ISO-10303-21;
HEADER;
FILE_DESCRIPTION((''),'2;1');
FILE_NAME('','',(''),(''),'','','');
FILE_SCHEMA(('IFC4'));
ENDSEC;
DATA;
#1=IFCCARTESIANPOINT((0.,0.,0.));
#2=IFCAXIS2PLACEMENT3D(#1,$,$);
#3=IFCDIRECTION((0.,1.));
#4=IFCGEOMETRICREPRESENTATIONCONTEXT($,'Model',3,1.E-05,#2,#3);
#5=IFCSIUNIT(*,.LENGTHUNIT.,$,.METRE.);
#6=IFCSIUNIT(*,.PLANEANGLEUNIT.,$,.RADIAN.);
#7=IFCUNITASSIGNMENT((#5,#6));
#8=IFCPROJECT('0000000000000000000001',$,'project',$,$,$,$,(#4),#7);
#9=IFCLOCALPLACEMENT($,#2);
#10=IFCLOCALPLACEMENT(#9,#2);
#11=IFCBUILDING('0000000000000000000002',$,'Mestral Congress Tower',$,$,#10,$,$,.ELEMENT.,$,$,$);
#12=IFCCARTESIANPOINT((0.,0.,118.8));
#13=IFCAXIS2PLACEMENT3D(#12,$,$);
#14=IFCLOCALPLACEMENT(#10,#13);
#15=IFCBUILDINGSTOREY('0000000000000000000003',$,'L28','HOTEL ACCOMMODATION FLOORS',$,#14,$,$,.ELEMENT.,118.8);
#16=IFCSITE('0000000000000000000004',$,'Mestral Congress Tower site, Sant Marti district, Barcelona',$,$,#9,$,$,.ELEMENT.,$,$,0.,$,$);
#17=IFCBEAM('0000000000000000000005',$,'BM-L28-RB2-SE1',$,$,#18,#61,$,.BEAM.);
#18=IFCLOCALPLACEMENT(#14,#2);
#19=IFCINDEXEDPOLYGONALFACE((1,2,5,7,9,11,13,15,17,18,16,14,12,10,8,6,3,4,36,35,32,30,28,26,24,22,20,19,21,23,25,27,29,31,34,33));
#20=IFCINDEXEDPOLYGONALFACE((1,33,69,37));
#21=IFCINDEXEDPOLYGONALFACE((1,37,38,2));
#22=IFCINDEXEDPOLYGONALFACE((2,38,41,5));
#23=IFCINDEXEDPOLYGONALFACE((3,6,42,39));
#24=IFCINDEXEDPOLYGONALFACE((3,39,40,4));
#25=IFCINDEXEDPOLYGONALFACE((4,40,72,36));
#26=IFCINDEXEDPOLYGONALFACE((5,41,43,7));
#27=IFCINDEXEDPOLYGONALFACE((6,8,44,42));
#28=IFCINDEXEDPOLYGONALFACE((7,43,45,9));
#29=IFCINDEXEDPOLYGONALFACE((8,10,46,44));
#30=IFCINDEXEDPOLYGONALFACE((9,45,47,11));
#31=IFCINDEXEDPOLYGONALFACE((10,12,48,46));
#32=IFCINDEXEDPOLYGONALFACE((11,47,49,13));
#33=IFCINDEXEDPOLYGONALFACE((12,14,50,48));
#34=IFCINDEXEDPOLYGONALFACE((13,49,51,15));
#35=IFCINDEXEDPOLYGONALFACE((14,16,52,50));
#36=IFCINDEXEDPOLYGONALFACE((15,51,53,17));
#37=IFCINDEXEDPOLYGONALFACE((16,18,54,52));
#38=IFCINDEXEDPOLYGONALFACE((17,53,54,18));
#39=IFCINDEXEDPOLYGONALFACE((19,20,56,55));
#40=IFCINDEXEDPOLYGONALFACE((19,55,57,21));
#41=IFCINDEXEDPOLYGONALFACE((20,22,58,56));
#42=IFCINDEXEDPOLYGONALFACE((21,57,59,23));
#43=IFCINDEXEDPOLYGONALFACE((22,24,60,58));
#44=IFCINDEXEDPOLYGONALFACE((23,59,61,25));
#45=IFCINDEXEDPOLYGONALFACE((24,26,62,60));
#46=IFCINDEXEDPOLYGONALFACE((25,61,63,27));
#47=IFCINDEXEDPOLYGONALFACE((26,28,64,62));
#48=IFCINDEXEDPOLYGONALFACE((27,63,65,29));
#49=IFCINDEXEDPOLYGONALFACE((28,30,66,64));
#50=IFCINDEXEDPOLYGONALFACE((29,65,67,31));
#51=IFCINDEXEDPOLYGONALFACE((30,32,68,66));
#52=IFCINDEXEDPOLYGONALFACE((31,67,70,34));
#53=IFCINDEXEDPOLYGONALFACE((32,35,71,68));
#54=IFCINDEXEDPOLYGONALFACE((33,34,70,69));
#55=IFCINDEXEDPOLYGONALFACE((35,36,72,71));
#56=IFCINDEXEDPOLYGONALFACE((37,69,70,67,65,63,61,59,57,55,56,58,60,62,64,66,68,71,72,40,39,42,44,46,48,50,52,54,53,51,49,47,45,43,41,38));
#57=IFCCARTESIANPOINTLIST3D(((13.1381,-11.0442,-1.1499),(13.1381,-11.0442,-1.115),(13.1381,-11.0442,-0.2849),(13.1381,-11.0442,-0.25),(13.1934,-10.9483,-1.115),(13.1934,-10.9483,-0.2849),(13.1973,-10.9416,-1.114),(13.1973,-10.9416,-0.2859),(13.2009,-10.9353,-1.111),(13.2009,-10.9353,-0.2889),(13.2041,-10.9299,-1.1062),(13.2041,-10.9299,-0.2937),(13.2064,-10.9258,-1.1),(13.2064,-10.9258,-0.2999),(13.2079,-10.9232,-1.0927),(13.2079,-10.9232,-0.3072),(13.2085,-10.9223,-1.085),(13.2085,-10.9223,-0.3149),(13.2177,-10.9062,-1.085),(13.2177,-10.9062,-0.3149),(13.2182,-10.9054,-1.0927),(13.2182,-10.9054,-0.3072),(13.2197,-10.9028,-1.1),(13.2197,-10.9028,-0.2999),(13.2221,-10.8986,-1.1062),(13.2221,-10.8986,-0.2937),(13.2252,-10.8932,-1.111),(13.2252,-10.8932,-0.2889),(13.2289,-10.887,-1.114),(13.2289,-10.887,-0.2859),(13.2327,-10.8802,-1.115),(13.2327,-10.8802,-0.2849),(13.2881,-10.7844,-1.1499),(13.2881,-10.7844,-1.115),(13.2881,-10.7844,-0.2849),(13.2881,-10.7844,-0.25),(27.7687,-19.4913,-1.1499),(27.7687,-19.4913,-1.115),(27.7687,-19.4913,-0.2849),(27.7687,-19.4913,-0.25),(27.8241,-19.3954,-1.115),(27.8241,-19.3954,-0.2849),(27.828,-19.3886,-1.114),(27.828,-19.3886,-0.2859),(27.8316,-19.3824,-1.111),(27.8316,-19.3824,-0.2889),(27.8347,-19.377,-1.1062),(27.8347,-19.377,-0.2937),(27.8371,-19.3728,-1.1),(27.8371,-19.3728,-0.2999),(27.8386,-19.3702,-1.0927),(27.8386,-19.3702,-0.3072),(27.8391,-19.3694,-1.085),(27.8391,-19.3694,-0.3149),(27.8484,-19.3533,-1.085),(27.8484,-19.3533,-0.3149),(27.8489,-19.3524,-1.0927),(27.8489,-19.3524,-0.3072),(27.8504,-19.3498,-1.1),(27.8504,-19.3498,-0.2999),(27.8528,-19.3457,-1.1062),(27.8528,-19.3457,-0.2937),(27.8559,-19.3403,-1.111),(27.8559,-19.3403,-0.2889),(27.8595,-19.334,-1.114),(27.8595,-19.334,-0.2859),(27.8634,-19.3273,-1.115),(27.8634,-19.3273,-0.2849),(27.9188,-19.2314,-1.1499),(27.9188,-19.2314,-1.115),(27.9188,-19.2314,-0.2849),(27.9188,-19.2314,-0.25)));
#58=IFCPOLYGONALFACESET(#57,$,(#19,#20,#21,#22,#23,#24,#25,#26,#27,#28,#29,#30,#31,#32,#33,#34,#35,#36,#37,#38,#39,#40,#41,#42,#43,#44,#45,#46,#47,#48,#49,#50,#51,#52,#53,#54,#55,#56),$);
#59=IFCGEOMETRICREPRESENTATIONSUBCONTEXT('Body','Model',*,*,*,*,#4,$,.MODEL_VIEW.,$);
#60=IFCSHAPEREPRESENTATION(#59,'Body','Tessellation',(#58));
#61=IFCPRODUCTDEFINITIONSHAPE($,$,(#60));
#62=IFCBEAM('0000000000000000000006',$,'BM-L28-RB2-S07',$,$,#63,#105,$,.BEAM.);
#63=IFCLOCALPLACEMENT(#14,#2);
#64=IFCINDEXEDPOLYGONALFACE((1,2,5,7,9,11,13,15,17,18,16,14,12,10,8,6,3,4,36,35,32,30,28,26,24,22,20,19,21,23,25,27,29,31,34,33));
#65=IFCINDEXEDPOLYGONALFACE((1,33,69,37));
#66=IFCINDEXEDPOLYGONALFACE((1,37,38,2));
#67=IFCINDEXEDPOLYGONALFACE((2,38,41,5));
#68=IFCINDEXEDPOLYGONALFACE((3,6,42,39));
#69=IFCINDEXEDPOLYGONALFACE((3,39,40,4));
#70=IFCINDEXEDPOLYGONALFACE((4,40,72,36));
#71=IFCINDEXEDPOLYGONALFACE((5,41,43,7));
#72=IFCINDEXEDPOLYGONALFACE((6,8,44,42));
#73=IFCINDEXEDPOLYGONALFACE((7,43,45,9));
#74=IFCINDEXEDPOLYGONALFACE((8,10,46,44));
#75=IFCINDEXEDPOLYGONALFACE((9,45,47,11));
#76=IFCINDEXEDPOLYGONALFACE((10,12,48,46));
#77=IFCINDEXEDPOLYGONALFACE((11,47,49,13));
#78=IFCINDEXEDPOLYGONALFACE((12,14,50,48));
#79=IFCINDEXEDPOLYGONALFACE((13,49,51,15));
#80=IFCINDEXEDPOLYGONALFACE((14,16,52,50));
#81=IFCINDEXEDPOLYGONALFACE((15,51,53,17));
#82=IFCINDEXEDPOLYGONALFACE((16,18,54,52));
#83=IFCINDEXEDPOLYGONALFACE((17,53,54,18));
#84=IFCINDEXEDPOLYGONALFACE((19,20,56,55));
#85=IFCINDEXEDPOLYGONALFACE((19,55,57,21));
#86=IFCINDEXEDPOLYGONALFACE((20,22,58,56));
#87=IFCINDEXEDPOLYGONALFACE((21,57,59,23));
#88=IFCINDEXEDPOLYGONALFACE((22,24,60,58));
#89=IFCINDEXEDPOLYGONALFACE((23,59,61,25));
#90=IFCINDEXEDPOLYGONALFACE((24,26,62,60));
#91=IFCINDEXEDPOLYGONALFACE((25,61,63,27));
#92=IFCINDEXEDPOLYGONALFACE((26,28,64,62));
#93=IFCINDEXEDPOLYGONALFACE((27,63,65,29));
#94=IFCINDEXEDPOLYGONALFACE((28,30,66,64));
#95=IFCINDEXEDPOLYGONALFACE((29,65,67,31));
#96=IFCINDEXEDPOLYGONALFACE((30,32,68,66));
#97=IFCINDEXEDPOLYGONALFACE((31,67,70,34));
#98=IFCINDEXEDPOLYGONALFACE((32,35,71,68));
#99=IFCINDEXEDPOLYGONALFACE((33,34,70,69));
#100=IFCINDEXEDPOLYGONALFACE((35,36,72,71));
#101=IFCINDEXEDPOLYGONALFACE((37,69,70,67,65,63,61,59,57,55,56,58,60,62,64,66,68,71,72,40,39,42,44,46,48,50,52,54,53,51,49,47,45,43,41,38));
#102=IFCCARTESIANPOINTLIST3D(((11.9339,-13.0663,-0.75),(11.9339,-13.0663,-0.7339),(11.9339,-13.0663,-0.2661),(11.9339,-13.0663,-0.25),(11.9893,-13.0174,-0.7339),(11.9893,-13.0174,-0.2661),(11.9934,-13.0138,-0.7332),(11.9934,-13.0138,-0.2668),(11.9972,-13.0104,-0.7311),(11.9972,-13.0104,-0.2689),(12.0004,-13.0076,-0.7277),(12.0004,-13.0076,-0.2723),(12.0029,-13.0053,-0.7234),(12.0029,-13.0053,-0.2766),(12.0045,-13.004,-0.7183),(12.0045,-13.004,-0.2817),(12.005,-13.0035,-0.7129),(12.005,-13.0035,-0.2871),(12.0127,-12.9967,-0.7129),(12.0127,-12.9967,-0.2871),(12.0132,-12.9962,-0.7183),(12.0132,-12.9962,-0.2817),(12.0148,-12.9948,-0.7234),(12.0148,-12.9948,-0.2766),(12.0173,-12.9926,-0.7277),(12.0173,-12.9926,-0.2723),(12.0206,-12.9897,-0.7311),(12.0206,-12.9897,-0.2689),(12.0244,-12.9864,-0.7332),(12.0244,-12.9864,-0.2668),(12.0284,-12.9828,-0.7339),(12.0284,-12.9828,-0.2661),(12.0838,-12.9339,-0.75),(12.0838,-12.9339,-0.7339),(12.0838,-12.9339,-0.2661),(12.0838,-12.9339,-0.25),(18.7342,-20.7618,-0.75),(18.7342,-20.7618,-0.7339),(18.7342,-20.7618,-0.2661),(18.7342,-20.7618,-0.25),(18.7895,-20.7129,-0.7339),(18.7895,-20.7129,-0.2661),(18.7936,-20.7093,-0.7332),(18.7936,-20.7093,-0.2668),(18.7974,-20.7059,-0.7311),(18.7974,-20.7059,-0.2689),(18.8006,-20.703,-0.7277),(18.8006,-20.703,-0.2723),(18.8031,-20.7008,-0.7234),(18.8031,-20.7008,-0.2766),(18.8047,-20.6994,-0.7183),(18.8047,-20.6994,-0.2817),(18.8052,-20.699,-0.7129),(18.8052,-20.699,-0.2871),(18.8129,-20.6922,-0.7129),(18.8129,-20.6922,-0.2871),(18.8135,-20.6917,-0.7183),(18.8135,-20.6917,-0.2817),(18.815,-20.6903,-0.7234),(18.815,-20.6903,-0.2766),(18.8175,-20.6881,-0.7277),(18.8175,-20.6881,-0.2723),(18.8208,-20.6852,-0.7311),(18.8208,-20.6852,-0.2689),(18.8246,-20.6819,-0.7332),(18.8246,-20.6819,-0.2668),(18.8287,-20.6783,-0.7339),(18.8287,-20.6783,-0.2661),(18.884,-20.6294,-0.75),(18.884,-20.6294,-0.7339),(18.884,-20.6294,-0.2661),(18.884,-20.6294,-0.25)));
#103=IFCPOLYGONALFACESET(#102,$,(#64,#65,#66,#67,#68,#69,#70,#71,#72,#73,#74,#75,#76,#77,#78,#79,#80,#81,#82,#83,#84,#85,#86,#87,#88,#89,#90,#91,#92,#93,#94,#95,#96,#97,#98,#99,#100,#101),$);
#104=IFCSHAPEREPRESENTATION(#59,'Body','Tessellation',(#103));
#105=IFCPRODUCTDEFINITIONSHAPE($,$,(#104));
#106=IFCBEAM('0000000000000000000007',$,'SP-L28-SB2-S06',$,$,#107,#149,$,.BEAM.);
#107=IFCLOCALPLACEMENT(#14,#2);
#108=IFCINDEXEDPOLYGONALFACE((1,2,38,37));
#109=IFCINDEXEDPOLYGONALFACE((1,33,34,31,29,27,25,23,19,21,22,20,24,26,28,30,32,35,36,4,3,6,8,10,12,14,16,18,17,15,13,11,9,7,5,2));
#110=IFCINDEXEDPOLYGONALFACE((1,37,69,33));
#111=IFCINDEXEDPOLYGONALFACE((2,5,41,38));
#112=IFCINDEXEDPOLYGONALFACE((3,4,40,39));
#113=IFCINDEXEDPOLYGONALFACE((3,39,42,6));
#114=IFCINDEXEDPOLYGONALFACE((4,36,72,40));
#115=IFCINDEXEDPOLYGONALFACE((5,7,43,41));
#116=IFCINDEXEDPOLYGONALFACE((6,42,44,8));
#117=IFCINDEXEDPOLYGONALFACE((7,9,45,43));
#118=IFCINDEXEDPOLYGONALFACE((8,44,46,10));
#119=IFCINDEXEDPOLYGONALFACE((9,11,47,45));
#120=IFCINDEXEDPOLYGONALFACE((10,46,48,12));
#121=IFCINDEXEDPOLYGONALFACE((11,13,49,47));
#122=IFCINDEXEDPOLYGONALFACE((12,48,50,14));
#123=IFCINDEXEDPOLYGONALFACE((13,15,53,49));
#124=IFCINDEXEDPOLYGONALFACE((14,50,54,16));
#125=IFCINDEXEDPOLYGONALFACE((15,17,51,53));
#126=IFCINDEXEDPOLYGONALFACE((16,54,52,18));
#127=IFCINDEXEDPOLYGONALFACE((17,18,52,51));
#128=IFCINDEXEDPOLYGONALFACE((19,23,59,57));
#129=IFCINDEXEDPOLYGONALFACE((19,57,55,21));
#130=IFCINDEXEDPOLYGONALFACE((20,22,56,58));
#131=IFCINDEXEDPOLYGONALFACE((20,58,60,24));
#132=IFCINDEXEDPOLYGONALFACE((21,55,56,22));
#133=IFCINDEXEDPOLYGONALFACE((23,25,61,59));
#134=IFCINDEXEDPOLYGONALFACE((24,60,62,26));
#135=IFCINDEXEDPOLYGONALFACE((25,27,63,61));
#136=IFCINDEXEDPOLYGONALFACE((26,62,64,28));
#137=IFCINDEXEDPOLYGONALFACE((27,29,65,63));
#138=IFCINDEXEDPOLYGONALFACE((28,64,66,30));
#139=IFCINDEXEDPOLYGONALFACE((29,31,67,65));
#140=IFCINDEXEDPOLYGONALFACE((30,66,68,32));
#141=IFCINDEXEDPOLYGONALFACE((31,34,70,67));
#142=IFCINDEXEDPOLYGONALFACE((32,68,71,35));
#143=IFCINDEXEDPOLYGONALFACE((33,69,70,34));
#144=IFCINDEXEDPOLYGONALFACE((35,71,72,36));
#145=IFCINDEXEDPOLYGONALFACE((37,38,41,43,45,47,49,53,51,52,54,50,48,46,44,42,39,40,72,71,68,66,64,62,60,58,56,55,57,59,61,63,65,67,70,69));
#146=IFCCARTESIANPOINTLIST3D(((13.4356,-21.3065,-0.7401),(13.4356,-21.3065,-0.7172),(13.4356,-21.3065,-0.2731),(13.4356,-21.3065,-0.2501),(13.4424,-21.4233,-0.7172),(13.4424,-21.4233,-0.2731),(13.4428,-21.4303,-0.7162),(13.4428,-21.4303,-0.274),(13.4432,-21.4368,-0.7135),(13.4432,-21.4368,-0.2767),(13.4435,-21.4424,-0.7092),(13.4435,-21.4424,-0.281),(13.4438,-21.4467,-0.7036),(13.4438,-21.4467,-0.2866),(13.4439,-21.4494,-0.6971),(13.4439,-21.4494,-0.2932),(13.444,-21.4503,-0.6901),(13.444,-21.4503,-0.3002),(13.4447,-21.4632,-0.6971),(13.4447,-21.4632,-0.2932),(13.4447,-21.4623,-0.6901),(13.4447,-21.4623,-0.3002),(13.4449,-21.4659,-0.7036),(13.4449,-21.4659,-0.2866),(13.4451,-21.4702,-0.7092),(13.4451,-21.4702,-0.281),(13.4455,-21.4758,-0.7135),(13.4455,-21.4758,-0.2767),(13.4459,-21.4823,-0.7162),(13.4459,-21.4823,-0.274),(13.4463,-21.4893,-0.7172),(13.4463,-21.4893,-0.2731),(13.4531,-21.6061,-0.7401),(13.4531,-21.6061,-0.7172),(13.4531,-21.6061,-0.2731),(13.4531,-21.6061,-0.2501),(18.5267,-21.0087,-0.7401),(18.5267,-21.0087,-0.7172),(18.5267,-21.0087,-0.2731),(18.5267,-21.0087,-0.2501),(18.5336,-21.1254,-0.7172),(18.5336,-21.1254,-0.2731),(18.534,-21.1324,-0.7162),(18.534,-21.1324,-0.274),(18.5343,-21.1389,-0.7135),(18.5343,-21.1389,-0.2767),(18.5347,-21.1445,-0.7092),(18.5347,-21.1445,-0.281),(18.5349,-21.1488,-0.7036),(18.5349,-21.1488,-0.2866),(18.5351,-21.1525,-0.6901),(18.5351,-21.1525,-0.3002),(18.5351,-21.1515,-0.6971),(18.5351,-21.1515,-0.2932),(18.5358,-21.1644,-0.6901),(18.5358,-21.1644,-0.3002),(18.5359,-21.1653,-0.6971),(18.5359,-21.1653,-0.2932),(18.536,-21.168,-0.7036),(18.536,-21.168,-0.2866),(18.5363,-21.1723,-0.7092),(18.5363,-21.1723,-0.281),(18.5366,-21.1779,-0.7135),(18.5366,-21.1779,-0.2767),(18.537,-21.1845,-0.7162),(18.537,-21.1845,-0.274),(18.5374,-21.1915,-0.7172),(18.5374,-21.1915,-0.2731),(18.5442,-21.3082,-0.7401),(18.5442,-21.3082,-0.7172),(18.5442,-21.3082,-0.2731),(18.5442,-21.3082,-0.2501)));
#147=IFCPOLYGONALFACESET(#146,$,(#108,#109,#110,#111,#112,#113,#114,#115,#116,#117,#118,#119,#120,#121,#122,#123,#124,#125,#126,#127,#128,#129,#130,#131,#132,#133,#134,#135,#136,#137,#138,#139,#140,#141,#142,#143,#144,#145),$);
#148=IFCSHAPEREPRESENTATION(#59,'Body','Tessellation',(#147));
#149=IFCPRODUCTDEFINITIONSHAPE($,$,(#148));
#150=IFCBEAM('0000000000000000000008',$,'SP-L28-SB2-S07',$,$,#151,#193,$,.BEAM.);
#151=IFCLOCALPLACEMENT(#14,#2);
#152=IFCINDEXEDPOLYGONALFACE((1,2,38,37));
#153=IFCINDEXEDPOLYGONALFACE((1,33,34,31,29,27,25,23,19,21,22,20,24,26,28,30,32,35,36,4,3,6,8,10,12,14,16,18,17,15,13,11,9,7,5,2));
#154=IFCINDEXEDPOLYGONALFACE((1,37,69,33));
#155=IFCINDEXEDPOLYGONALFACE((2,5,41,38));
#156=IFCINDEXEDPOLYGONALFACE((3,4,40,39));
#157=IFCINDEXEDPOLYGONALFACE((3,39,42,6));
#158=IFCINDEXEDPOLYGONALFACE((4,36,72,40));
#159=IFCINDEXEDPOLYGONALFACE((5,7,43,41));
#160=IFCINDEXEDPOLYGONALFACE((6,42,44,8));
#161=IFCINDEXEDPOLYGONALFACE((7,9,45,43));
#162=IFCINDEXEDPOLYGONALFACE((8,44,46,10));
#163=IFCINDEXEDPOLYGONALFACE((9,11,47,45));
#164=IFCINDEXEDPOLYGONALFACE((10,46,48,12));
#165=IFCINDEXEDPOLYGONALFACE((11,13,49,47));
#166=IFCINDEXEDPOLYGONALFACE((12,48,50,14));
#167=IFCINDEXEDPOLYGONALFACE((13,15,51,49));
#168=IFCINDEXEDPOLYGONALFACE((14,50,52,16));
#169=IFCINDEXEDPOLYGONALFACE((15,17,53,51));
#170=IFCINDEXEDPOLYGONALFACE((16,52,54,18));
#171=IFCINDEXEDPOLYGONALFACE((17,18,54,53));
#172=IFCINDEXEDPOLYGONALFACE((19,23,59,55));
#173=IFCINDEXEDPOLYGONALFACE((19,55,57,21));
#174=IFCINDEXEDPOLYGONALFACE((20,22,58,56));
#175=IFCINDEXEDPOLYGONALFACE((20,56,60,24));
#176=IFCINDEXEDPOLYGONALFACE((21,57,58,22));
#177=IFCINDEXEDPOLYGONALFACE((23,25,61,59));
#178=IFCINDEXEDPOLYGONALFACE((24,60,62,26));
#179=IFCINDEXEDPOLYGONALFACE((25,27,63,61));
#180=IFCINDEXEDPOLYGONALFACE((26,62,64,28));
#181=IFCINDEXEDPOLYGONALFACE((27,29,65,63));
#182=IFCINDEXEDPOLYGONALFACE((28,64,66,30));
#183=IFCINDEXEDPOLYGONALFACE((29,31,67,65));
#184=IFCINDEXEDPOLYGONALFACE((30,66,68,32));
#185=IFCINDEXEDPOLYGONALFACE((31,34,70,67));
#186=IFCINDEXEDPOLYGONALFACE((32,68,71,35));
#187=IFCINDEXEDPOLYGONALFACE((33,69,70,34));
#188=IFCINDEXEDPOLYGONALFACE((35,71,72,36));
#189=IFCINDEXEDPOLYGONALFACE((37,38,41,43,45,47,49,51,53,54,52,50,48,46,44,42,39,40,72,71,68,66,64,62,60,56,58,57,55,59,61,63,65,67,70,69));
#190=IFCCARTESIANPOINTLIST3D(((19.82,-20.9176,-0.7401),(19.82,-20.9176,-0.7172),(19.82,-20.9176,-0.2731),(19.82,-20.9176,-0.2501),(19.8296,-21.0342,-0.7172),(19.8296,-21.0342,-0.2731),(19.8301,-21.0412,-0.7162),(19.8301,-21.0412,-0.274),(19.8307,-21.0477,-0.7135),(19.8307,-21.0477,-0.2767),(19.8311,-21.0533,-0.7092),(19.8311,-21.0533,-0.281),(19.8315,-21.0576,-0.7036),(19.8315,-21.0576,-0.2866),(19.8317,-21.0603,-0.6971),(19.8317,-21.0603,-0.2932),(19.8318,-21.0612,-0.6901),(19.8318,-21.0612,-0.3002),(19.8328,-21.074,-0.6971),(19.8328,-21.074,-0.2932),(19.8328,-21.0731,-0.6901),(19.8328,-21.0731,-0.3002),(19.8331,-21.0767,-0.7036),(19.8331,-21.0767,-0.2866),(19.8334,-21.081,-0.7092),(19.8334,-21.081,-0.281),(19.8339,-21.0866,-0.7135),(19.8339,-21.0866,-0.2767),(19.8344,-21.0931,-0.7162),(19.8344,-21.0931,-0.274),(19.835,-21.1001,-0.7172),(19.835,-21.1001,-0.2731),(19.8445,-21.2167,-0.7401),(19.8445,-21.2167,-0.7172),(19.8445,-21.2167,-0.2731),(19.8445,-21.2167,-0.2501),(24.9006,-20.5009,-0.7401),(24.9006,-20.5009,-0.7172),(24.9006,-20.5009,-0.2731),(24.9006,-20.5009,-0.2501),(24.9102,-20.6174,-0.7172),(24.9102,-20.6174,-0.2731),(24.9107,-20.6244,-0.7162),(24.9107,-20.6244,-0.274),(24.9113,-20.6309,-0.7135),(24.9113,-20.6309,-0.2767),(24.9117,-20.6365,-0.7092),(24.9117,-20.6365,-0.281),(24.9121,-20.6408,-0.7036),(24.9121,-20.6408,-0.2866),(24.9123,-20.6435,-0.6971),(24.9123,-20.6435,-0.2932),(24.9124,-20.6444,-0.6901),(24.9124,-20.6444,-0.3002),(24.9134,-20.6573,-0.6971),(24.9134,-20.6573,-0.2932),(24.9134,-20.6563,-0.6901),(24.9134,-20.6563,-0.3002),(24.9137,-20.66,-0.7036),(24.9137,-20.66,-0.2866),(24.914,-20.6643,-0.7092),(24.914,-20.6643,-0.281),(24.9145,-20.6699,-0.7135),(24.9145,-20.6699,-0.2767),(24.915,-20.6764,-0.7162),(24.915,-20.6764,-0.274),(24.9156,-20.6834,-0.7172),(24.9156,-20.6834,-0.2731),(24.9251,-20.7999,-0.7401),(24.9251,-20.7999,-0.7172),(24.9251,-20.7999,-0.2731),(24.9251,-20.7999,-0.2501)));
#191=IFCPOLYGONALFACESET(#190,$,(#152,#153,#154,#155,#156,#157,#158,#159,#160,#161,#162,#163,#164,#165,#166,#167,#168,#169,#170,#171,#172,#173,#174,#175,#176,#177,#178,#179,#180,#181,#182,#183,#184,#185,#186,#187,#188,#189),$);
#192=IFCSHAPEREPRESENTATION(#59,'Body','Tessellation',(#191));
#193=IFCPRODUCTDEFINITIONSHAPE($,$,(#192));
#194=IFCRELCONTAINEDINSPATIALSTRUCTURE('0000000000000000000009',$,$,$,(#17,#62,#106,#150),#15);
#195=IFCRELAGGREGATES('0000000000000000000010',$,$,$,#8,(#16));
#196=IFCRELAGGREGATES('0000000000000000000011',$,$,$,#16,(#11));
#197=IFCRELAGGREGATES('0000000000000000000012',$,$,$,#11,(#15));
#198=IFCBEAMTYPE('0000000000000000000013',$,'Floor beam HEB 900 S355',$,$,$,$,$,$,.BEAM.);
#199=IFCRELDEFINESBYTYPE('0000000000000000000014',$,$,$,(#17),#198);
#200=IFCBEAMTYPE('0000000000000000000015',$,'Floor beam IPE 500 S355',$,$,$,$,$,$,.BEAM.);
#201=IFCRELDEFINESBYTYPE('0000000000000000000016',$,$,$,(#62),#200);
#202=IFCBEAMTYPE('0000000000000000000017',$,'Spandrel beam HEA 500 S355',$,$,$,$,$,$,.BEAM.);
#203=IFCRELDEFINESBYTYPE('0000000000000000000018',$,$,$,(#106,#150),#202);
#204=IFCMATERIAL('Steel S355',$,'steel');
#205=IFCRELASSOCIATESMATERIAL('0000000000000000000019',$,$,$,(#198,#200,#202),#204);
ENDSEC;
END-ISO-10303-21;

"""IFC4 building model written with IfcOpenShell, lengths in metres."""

from ifc_helpers import new_model, si_unit, direction, frame, origin, origin_2d, place, context, subcontext, project, spatial, i_section, extrude, material, material_profile, profile_set, type_object, element, save


model = new_model("IFC4")

# Units and contexts
model_context = context("Model", 3, precision=1e-05, world=origin(), true_north=direction((0.0, 1.0)))
body_context = subcontext(model_context, "Body", "Model", "MODEL_VIEW")
ifc_project = project(units=[si_unit("LENGTHUNIT", "METRE"), si_unit("PLANEANGLEUNIT", "RADIAN")], contexts=[model_context])

# Site, building, storey
site_placement = place(None, origin())
site = spatial("IfcSite", under=ifc_project, at=site_placement, Name="Mestral Congress Tower site, Sant Marti district, Barcelona", CompositionType="ELEMENT", RefElevation=0.0)
building_placement = place(site_placement, origin())
building = spatial("IfcBuilding", under=site, at=building_placement, Name="Mestral Congress Tower", CompositionType="ELEMENT")
storey_placement = place(building_placement, frame((0.0, 0.0, 118.8)))
storey = spatial("IfcBuildingStorey", under=building, at=storey_placement, Name="L28", Description="HOTEL ACCOMMODATION FLOORS", CompositionType="ELEMENT", Elevation=118.8)

# Beams
ifc_material_1 = material(Name="Steel S355", Category="steel")
ifc_material_profile_1 = material_profile(ifc_material_1, i_section(OverallWidth=0.3, OverallDepth=0.8999, WebThickness=0.0186, FlangeThickness=0.0349, FilletRadius=0.03, at=origin_2d()), Name="HEB 900")
ifc_profile_set_1 = profile_set([ifc_material_profile_1], Name="Steel S355")
beam_type_1 = type_object("IfcBeamType", Name="Floor beam HEB 900 S355", PredefinedType="BEAM", material=ifc_profile_set_1)
beam_1_placement = place(storey_placement, frame((27.8438, -19.3613, -0.7), z_axis=(-0.866025, 0.500001, 0.0), x_axis=(-0.500001, -0.866025, 0.0)))
element("IfcBeam", 1, at=beam_1_placement, inside=storey, type_object=beam_type_1, Name="BM-L28-RB2-SE1", PredefinedType="BEAM", context=body_context, shape_type="SweptSolid", body=[
    extrude(i_section(OverallWidth=0.3, OverallDepth=0.8999, WebThickness=0.0186, FlangeThickness=0.0349, FilletRadius=0.03, at=origin_2d()), origin(), (0.0, 0.0, 1.0), 16.894),
])
ifc_material_profile_2 = material_profile(ifc_material_1, i_section(OverallWidth=0.2, OverallDepth=0.5, WebThickness=0.0103, FlangeThickness=0.0161, FilletRadius=0.021, at=origin_2d()), Name="IPE 500")
ifc_profile_set_2 = profile_set([ifc_material_profile_2], Name="Steel S355")
beam_type_2 = type_object("IfcBeamType", Name="Floor beam IPE 500 S355", PredefinedType="BEAM", material=ifc_profile_set_2)
beam_2_placement = place(storey_placement, frame((18.8091, -20.6956, -0.5), z_axis=(-0.662174, 0.74935, 0.0), x_axis=(-0.74935, -0.662174, 0.0)))
element("IfcBeam", 2, at=beam_2_placement, inside=storey, type_object=beam_type_2, Name="BM-L28-RB2-S07", PredefinedType="BEAM", context=body_context, shape_type="SweptSolid", body=[
    extrude(i_section(OverallWidth=0.2, OverallDepth=0.5, WebThickness=0.0103, FlangeThickness=0.0161, FilletRadius=0.021, at=origin_2d()), origin(), (0.0, 0.0, 1.0), 10.2695),
])
ifc_material_profile_3 = material_profile(ifc_material_1, i_section(OverallWidth=0.3, OverallDepth=0.49, WebThickness=0.012, FlangeThickness=0.0229, FilletRadius=0.0271, at=origin_2d()), Name="HEA 500")
ifc_profile_set_3 = profile_set([ifc_material_profile_3], Name="Steel S355")
beam_type_3 = type_object("IfcBeamType", Name="Spandrel beam HEA 500 S355", PredefinedType="BEAM", material=ifc_profile_set_3)
beam_3_placement = place(storey_placement, frame((13.4443, -21.4563, -0.4951), z_axis=(0.998293, 0.058405, 0.0), x_axis=(-0.058405, 0.998293, 0.0)))
element("IfcBeam", 3, at=beam_3_placement, inside=storey, type_object=beam_type_3, Name="SP-L28-SB2-S06", PredefinedType="BEAM", context=body_context, shape_type="SweptSolid", body=[
    extrude(i_section(OverallWidth=0.3, OverallDepth=0.49, WebThickness=0.012, FlangeThickness=0.0229, FilletRadius=0.0271, at=origin_2d()), origin(), (0.0, 0.0, 1.0), 5.0999),
])
beam_4_placement = place(storey_placement, frame((19.8323, -21.0671, -0.4951), z_axis=(0.996653, 0.081753, 0.0), x_axis=(-0.081753, 0.996653, 0.0)))
element("IfcBeam", 4, at=beam_4_placement, inside=storey, type_object=beam_type_3, Name="SP-L28-SB2-S07", PredefinedType="BEAM", context=body_context, shape_type="SweptSolid", body=[
    extrude(i_section(OverallWidth=0.3, OverallDepth=0.49, WebThickness=0.012, FlangeThickness=0.0229, FilletRadius=0.0271, at=origin_2d()), origin(), (0.0, 0.0, 1.0), 5.0977),
])

save(model, "model.ifc")
